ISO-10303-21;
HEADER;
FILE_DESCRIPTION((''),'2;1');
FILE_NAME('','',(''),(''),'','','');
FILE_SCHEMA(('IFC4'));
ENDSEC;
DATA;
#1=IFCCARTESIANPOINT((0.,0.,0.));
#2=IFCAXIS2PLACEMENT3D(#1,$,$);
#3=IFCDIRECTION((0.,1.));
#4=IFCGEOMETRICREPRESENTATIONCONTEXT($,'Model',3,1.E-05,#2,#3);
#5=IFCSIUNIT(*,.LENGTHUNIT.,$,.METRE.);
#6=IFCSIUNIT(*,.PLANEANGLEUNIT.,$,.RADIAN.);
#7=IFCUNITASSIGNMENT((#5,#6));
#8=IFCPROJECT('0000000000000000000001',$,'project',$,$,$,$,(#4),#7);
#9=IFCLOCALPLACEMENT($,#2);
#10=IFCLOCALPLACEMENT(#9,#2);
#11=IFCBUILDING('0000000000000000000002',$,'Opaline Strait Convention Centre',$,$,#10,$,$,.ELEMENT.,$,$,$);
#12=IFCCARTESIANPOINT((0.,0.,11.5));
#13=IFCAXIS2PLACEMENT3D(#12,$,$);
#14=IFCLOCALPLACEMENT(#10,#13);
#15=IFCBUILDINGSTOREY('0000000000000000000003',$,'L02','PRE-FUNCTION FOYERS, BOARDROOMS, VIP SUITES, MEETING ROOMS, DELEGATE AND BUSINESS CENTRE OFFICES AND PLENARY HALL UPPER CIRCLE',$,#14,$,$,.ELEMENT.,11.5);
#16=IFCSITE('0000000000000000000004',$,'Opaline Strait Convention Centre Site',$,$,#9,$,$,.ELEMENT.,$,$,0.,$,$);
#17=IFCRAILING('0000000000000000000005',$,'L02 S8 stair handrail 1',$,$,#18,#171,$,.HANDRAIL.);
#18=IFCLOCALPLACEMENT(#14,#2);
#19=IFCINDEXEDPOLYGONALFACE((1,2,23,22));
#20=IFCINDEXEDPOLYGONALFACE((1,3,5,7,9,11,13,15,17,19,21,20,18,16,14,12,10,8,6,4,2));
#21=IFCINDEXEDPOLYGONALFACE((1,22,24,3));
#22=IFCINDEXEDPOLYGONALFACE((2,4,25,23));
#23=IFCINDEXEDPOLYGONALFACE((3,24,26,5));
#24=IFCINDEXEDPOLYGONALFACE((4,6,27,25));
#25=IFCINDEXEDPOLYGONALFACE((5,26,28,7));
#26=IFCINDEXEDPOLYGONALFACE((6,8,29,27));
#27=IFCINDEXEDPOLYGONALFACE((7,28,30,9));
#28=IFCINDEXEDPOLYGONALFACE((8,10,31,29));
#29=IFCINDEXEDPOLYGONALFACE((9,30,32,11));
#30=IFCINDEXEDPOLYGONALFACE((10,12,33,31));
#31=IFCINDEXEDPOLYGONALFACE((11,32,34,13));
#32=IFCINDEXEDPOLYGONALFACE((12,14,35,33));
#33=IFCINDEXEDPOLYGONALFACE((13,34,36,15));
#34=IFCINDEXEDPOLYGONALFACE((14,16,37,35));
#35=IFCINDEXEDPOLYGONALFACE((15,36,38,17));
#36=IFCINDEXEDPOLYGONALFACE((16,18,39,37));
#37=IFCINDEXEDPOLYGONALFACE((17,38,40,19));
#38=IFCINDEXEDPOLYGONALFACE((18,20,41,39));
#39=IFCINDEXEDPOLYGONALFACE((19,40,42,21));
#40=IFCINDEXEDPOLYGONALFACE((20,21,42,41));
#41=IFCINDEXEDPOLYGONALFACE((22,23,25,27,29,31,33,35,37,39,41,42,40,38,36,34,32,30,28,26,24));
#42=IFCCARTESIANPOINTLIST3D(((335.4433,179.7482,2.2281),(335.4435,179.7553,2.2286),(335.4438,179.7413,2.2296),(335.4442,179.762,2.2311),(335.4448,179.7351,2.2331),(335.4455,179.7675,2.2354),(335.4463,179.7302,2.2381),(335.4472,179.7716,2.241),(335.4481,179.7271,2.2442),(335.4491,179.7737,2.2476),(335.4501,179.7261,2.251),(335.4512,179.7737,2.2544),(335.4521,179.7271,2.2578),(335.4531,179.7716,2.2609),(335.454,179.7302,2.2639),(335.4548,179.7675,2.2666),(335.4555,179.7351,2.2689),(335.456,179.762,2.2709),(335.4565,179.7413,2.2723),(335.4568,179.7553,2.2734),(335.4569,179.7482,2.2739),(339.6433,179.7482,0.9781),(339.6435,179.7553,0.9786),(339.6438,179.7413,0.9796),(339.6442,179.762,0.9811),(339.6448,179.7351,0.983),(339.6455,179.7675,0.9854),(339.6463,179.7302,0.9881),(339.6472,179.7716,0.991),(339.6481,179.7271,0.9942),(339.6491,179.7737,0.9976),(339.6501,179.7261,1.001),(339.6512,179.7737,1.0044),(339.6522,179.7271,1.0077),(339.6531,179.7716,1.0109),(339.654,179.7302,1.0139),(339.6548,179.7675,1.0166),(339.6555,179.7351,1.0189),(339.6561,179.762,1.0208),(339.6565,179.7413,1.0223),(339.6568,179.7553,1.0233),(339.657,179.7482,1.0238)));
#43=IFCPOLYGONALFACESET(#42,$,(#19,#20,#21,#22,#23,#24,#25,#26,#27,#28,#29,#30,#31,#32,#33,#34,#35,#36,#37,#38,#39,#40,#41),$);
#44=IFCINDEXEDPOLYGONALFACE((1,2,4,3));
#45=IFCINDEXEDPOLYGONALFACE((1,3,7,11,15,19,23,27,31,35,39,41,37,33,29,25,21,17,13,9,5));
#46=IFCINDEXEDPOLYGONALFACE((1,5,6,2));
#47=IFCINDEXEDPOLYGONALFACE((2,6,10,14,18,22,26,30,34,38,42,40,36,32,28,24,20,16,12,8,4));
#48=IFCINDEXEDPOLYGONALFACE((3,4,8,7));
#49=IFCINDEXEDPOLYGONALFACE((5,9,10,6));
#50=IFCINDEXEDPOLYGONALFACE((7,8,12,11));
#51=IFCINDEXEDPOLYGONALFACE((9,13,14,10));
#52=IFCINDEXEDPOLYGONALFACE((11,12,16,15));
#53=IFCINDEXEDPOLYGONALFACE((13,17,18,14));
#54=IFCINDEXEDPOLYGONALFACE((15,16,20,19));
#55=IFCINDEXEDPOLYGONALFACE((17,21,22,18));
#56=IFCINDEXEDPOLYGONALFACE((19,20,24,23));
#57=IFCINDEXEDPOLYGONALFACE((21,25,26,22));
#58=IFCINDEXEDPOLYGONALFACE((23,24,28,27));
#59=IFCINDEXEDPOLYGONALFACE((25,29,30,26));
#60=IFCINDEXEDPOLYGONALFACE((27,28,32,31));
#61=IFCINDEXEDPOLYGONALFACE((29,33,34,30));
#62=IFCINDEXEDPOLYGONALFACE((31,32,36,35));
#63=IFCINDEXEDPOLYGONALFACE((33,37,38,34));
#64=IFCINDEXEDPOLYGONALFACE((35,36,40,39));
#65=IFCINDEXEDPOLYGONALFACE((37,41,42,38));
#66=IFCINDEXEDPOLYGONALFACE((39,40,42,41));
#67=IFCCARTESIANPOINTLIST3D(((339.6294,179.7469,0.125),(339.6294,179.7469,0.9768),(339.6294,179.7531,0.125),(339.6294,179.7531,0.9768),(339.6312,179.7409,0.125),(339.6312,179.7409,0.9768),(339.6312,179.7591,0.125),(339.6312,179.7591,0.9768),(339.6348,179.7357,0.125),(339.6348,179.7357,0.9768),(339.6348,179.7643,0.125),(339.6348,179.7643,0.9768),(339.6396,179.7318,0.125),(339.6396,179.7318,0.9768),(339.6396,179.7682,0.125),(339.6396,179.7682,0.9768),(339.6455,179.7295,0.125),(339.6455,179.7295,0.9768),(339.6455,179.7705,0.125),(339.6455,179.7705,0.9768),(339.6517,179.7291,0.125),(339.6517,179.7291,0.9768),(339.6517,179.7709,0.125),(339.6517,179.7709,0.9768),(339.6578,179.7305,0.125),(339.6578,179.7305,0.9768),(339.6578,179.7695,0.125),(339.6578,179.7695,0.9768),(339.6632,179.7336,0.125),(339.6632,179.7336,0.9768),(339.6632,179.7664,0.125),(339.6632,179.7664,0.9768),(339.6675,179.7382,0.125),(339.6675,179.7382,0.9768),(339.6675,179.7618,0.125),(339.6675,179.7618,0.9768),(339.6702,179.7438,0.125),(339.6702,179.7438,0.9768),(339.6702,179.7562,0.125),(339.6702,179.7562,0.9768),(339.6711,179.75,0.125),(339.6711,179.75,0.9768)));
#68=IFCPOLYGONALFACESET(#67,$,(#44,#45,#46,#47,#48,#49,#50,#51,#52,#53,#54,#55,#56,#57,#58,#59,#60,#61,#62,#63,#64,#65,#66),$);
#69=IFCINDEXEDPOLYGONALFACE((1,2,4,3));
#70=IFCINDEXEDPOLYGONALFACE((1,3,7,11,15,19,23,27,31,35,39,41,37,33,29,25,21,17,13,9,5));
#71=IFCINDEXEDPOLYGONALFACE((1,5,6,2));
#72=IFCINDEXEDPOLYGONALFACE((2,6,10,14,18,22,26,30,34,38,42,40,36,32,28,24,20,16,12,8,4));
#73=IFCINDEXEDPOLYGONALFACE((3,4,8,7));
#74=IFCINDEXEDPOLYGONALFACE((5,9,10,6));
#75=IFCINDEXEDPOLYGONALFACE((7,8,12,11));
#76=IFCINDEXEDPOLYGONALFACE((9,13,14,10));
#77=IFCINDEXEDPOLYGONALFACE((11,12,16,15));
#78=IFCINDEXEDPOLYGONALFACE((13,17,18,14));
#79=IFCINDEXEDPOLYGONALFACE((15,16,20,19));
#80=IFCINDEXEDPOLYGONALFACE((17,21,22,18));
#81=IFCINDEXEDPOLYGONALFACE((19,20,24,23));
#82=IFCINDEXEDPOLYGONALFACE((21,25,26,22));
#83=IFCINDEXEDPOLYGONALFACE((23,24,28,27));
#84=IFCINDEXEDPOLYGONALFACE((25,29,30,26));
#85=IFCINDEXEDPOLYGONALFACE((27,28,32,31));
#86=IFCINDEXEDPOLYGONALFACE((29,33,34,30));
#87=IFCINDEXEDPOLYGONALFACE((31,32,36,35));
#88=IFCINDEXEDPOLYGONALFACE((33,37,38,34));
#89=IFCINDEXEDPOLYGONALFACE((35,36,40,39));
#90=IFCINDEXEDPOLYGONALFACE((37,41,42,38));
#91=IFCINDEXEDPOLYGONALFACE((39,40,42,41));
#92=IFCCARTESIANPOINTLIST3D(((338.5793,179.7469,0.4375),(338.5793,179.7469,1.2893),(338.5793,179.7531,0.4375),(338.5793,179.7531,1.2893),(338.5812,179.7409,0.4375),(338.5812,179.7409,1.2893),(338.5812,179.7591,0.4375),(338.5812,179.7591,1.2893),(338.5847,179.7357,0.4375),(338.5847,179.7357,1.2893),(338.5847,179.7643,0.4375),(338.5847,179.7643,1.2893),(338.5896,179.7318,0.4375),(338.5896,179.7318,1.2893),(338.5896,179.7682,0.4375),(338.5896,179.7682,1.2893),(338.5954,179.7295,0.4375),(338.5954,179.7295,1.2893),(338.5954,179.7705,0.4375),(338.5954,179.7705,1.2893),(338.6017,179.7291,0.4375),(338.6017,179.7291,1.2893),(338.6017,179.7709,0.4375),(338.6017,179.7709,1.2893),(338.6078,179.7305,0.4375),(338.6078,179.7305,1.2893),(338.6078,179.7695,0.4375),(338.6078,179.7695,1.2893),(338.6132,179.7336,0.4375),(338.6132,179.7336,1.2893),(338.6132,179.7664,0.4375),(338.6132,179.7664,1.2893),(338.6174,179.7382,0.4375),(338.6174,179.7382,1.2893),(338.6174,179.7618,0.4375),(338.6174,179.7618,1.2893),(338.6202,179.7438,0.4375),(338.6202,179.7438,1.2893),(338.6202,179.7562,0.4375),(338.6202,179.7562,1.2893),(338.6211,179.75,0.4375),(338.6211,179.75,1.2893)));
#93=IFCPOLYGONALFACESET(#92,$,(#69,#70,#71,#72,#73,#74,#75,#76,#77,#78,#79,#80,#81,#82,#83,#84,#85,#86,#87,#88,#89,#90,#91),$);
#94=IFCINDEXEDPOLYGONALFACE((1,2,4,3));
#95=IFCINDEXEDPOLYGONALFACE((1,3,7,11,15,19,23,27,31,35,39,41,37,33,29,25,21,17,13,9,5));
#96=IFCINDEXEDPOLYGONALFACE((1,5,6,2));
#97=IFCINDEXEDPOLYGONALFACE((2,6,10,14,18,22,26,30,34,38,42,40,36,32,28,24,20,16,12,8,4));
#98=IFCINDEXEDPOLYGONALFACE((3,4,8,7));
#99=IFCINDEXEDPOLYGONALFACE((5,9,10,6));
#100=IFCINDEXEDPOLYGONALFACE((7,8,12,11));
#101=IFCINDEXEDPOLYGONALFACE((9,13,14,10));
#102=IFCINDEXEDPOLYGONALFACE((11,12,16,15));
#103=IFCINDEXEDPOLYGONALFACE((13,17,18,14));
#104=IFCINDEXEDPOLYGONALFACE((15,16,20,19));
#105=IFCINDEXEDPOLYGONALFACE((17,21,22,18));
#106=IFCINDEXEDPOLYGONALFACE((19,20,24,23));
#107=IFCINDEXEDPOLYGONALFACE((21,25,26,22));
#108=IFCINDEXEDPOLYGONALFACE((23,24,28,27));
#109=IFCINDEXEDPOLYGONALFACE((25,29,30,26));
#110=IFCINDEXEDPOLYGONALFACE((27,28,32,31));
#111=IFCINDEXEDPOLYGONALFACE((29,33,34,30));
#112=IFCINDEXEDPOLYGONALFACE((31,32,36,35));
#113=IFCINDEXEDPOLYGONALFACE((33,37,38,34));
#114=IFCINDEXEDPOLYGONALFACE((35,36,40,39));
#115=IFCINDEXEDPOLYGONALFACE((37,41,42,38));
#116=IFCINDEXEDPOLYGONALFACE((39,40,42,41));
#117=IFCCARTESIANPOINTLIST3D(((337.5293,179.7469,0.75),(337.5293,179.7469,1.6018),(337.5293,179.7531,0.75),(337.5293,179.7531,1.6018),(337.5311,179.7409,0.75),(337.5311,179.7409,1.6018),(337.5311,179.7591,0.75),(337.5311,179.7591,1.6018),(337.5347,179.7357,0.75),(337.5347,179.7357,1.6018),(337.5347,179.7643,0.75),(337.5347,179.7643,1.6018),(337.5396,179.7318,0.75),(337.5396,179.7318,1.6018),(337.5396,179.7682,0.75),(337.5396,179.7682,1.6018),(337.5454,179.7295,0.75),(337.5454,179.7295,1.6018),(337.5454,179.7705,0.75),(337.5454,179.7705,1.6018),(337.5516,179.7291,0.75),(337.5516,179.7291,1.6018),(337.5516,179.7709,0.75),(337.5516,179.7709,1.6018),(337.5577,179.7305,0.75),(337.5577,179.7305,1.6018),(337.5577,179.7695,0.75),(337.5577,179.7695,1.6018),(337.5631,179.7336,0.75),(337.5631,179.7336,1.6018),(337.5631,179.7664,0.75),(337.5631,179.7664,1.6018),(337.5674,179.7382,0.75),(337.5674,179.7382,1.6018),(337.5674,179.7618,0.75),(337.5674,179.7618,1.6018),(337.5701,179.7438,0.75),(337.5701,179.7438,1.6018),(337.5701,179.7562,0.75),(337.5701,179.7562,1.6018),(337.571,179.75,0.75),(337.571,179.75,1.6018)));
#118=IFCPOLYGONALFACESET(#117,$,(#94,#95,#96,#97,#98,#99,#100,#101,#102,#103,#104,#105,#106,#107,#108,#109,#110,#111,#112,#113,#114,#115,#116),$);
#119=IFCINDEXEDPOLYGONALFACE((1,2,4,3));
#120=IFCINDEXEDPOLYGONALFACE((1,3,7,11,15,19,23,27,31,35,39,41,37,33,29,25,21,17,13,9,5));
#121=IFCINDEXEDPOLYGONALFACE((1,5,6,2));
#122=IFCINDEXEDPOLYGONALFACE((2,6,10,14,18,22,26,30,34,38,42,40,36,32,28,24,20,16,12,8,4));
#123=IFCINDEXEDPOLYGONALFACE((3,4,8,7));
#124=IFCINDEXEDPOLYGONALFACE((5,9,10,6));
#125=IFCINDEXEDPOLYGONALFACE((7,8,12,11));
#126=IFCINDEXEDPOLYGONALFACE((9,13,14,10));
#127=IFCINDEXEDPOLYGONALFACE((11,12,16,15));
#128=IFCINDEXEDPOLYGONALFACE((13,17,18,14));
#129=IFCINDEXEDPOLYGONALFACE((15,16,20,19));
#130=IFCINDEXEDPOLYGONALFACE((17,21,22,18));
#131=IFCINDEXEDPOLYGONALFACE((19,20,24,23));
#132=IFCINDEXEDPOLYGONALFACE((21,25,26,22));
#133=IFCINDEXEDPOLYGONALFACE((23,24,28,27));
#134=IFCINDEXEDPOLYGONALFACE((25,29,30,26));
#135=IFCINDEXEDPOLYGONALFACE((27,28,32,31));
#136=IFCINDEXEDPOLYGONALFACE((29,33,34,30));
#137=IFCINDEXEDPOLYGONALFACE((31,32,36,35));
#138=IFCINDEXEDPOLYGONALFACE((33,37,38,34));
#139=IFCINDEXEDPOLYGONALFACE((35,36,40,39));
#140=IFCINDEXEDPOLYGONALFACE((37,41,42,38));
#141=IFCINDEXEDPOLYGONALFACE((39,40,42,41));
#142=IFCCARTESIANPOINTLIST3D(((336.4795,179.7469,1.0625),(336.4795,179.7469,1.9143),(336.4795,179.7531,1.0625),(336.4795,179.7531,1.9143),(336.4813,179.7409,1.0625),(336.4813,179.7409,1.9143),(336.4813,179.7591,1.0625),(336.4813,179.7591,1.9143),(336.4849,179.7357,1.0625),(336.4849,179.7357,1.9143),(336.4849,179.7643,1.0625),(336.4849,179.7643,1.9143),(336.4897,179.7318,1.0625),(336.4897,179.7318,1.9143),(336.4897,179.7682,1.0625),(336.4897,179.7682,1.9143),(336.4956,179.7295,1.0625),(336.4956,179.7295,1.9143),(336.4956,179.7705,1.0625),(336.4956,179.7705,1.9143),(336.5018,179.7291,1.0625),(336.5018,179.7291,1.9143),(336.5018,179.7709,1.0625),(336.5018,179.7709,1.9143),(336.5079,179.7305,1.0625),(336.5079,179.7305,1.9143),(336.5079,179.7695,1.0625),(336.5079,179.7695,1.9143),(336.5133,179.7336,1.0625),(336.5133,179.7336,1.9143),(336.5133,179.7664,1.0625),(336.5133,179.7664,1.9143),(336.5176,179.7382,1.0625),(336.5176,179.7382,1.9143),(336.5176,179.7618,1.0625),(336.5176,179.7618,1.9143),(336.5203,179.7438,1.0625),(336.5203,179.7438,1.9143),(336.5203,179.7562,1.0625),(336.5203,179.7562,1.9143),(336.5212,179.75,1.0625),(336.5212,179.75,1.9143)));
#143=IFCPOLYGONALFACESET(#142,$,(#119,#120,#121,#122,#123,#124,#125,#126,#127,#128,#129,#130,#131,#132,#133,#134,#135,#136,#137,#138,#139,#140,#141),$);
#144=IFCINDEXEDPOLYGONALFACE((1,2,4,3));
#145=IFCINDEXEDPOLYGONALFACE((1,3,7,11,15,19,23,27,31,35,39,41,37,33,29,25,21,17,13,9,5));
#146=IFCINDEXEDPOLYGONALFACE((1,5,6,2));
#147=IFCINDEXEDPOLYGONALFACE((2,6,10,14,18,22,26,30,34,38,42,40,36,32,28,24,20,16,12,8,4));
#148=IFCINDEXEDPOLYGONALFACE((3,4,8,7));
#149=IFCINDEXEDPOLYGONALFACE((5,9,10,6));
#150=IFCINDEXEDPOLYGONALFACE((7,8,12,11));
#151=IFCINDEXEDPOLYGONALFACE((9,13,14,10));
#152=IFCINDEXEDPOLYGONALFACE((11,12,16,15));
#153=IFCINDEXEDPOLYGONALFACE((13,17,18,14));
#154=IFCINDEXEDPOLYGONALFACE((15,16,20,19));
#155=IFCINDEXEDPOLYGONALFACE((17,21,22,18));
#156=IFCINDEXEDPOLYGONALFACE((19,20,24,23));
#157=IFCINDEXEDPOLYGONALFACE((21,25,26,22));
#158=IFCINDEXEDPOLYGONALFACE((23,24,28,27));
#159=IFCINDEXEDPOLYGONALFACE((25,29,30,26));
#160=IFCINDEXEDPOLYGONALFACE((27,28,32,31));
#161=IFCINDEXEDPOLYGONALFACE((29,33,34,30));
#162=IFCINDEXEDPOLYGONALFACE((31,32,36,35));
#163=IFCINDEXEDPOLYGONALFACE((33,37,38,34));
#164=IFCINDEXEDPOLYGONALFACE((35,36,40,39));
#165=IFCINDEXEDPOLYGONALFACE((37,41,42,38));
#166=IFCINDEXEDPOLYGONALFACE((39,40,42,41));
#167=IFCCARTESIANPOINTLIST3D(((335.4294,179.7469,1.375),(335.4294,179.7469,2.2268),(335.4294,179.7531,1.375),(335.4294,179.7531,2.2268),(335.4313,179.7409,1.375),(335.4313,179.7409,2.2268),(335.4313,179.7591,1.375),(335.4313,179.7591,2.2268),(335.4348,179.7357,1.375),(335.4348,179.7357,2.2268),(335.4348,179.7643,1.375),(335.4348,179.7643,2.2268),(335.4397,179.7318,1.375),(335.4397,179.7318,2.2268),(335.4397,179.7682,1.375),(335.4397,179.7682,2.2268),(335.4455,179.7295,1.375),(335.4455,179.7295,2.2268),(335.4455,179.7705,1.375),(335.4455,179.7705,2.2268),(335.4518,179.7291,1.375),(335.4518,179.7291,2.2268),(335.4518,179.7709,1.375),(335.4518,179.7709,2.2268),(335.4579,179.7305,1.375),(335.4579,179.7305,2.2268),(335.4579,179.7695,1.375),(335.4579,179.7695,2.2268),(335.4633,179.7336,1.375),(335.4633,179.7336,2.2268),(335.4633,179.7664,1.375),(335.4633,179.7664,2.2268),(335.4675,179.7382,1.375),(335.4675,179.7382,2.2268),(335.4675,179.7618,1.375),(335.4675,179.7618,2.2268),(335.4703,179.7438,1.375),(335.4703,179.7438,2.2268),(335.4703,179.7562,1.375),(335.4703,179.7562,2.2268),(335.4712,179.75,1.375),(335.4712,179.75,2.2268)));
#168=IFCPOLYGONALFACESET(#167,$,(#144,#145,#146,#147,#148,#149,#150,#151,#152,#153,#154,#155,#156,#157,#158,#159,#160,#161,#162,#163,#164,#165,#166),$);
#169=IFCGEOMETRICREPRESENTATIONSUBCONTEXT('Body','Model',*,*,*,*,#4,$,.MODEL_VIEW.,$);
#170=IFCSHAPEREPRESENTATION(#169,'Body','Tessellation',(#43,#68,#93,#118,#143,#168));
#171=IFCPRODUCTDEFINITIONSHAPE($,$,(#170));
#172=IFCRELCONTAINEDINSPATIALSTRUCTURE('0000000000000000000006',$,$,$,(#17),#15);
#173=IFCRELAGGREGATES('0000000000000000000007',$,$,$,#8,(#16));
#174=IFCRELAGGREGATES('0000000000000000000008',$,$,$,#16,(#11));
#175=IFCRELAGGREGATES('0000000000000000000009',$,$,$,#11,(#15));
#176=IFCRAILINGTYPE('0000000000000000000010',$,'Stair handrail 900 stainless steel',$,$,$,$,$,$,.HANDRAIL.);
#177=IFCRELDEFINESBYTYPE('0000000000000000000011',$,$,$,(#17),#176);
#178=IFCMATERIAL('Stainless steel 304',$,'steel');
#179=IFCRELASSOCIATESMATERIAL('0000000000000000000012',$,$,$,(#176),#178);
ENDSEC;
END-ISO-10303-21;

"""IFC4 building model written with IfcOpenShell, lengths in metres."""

from ifc_helpers import new_model, si_unit, direction, frame, origin, origin_2d, place, context, subcontext, project, spatial, circle, extrude, material, type_object, element, save


model = new_model("IFC4")

# Units and contexts
model_context = context("Model", 3, precision=1e-05, world=origin(), true_north=direction((0.0, 1.0)))
body_context = subcontext(model_context, "Body", "Model", "MODEL_VIEW")
ifc_project = project(units=[si_unit("LENGTHUNIT", "METRE"), si_unit("PLANEANGLEUNIT", "RADIAN")], contexts=[model_context])

# Site, building, storey
site_placement = place(None, origin())
site = spatial("IfcSite", under=ifc_project, at=site_placement, Name="Opaline Strait Convention Centre Site", CompositionType="ELEMENT", RefElevation=0.0)
building_placement = place(site_placement, origin())
building = spatial("IfcBuilding", under=site, at=building_placement, Name="Opaline Strait Convention Centre", CompositionType="ELEMENT")
storey_placement = place(building_placement, frame((0.0, 0.0, 11.5)))
storey = spatial("IfcBuildingStorey", under=building, at=storey_placement, Name="L02", Description="PRE-FUNCTION FOYERS, BOARDROOMS, VIP SUITES, MEETING ROOMS, DELEGATE AND BUSINESS CENTRE OFFICES AND PLENARY HALL UPPER CIRCLE", CompositionType="ELEMENT", Elevation=11.5)

# Shared definitions
ifc_material_1 = material(Name="Stainless steel 304", Category="steel")

# Railing
railing_type_1 = type_object("IfcRailingType", Name="Stair handrail 900 stainless steel", PredefinedType="HANDRAIL", material=ifc_material_1)
for number, where, name in (
    (1, (339.6501, 179.75, 0.125), "L02 S8 stair handrail 1"),
):
    element("IfcRailing", number, at=place(storey_placement, frame(where)), inside=storey, type_object=railing_type_1, Name=name, PredefinedType="HANDRAIL", context=body_context, shape_type="SweptSolid", body=[
        extrude(circle(Radius=0.0239, at=origin_2d()), frame((0.0, 0.0, 0.876), z_axis=(-0.958451, 0.0, 0.285257), x_axis=(0.0, -1.0, 0.0)), (0.0, 0.0, 1.0), 4.3821),
        extrude(circle(Radius=0.021, at=origin_2d()), origin(), (0.0, 0.0, 1.0), 0.8518),
        extrude(circle(Radius=0.021, at=origin_2d()), frame((-1.05, 0.0, 0.3125)), (0.0, 0.0, 1.0), 0.8518),
        extrude(circle(Radius=0.021, at=origin_2d()), frame((-2.1001, 0.0, 0.625)), (0.0, 0.0, 1.0), 0.8518),
        extrude(circle(Radius=0.021, at=origin_2d()), frame((-3.1499, 0.0, 0.9375)), (0.0, 0.0, 1.0), 0.8518),
        extrude(circle(Radius=0.021, at=origin_2d()), frame((-4.2, 0.0, 1.25)), (0.0, 0.0, 1.0), 0.8518),
    ])

save(model, "model.ifc")
